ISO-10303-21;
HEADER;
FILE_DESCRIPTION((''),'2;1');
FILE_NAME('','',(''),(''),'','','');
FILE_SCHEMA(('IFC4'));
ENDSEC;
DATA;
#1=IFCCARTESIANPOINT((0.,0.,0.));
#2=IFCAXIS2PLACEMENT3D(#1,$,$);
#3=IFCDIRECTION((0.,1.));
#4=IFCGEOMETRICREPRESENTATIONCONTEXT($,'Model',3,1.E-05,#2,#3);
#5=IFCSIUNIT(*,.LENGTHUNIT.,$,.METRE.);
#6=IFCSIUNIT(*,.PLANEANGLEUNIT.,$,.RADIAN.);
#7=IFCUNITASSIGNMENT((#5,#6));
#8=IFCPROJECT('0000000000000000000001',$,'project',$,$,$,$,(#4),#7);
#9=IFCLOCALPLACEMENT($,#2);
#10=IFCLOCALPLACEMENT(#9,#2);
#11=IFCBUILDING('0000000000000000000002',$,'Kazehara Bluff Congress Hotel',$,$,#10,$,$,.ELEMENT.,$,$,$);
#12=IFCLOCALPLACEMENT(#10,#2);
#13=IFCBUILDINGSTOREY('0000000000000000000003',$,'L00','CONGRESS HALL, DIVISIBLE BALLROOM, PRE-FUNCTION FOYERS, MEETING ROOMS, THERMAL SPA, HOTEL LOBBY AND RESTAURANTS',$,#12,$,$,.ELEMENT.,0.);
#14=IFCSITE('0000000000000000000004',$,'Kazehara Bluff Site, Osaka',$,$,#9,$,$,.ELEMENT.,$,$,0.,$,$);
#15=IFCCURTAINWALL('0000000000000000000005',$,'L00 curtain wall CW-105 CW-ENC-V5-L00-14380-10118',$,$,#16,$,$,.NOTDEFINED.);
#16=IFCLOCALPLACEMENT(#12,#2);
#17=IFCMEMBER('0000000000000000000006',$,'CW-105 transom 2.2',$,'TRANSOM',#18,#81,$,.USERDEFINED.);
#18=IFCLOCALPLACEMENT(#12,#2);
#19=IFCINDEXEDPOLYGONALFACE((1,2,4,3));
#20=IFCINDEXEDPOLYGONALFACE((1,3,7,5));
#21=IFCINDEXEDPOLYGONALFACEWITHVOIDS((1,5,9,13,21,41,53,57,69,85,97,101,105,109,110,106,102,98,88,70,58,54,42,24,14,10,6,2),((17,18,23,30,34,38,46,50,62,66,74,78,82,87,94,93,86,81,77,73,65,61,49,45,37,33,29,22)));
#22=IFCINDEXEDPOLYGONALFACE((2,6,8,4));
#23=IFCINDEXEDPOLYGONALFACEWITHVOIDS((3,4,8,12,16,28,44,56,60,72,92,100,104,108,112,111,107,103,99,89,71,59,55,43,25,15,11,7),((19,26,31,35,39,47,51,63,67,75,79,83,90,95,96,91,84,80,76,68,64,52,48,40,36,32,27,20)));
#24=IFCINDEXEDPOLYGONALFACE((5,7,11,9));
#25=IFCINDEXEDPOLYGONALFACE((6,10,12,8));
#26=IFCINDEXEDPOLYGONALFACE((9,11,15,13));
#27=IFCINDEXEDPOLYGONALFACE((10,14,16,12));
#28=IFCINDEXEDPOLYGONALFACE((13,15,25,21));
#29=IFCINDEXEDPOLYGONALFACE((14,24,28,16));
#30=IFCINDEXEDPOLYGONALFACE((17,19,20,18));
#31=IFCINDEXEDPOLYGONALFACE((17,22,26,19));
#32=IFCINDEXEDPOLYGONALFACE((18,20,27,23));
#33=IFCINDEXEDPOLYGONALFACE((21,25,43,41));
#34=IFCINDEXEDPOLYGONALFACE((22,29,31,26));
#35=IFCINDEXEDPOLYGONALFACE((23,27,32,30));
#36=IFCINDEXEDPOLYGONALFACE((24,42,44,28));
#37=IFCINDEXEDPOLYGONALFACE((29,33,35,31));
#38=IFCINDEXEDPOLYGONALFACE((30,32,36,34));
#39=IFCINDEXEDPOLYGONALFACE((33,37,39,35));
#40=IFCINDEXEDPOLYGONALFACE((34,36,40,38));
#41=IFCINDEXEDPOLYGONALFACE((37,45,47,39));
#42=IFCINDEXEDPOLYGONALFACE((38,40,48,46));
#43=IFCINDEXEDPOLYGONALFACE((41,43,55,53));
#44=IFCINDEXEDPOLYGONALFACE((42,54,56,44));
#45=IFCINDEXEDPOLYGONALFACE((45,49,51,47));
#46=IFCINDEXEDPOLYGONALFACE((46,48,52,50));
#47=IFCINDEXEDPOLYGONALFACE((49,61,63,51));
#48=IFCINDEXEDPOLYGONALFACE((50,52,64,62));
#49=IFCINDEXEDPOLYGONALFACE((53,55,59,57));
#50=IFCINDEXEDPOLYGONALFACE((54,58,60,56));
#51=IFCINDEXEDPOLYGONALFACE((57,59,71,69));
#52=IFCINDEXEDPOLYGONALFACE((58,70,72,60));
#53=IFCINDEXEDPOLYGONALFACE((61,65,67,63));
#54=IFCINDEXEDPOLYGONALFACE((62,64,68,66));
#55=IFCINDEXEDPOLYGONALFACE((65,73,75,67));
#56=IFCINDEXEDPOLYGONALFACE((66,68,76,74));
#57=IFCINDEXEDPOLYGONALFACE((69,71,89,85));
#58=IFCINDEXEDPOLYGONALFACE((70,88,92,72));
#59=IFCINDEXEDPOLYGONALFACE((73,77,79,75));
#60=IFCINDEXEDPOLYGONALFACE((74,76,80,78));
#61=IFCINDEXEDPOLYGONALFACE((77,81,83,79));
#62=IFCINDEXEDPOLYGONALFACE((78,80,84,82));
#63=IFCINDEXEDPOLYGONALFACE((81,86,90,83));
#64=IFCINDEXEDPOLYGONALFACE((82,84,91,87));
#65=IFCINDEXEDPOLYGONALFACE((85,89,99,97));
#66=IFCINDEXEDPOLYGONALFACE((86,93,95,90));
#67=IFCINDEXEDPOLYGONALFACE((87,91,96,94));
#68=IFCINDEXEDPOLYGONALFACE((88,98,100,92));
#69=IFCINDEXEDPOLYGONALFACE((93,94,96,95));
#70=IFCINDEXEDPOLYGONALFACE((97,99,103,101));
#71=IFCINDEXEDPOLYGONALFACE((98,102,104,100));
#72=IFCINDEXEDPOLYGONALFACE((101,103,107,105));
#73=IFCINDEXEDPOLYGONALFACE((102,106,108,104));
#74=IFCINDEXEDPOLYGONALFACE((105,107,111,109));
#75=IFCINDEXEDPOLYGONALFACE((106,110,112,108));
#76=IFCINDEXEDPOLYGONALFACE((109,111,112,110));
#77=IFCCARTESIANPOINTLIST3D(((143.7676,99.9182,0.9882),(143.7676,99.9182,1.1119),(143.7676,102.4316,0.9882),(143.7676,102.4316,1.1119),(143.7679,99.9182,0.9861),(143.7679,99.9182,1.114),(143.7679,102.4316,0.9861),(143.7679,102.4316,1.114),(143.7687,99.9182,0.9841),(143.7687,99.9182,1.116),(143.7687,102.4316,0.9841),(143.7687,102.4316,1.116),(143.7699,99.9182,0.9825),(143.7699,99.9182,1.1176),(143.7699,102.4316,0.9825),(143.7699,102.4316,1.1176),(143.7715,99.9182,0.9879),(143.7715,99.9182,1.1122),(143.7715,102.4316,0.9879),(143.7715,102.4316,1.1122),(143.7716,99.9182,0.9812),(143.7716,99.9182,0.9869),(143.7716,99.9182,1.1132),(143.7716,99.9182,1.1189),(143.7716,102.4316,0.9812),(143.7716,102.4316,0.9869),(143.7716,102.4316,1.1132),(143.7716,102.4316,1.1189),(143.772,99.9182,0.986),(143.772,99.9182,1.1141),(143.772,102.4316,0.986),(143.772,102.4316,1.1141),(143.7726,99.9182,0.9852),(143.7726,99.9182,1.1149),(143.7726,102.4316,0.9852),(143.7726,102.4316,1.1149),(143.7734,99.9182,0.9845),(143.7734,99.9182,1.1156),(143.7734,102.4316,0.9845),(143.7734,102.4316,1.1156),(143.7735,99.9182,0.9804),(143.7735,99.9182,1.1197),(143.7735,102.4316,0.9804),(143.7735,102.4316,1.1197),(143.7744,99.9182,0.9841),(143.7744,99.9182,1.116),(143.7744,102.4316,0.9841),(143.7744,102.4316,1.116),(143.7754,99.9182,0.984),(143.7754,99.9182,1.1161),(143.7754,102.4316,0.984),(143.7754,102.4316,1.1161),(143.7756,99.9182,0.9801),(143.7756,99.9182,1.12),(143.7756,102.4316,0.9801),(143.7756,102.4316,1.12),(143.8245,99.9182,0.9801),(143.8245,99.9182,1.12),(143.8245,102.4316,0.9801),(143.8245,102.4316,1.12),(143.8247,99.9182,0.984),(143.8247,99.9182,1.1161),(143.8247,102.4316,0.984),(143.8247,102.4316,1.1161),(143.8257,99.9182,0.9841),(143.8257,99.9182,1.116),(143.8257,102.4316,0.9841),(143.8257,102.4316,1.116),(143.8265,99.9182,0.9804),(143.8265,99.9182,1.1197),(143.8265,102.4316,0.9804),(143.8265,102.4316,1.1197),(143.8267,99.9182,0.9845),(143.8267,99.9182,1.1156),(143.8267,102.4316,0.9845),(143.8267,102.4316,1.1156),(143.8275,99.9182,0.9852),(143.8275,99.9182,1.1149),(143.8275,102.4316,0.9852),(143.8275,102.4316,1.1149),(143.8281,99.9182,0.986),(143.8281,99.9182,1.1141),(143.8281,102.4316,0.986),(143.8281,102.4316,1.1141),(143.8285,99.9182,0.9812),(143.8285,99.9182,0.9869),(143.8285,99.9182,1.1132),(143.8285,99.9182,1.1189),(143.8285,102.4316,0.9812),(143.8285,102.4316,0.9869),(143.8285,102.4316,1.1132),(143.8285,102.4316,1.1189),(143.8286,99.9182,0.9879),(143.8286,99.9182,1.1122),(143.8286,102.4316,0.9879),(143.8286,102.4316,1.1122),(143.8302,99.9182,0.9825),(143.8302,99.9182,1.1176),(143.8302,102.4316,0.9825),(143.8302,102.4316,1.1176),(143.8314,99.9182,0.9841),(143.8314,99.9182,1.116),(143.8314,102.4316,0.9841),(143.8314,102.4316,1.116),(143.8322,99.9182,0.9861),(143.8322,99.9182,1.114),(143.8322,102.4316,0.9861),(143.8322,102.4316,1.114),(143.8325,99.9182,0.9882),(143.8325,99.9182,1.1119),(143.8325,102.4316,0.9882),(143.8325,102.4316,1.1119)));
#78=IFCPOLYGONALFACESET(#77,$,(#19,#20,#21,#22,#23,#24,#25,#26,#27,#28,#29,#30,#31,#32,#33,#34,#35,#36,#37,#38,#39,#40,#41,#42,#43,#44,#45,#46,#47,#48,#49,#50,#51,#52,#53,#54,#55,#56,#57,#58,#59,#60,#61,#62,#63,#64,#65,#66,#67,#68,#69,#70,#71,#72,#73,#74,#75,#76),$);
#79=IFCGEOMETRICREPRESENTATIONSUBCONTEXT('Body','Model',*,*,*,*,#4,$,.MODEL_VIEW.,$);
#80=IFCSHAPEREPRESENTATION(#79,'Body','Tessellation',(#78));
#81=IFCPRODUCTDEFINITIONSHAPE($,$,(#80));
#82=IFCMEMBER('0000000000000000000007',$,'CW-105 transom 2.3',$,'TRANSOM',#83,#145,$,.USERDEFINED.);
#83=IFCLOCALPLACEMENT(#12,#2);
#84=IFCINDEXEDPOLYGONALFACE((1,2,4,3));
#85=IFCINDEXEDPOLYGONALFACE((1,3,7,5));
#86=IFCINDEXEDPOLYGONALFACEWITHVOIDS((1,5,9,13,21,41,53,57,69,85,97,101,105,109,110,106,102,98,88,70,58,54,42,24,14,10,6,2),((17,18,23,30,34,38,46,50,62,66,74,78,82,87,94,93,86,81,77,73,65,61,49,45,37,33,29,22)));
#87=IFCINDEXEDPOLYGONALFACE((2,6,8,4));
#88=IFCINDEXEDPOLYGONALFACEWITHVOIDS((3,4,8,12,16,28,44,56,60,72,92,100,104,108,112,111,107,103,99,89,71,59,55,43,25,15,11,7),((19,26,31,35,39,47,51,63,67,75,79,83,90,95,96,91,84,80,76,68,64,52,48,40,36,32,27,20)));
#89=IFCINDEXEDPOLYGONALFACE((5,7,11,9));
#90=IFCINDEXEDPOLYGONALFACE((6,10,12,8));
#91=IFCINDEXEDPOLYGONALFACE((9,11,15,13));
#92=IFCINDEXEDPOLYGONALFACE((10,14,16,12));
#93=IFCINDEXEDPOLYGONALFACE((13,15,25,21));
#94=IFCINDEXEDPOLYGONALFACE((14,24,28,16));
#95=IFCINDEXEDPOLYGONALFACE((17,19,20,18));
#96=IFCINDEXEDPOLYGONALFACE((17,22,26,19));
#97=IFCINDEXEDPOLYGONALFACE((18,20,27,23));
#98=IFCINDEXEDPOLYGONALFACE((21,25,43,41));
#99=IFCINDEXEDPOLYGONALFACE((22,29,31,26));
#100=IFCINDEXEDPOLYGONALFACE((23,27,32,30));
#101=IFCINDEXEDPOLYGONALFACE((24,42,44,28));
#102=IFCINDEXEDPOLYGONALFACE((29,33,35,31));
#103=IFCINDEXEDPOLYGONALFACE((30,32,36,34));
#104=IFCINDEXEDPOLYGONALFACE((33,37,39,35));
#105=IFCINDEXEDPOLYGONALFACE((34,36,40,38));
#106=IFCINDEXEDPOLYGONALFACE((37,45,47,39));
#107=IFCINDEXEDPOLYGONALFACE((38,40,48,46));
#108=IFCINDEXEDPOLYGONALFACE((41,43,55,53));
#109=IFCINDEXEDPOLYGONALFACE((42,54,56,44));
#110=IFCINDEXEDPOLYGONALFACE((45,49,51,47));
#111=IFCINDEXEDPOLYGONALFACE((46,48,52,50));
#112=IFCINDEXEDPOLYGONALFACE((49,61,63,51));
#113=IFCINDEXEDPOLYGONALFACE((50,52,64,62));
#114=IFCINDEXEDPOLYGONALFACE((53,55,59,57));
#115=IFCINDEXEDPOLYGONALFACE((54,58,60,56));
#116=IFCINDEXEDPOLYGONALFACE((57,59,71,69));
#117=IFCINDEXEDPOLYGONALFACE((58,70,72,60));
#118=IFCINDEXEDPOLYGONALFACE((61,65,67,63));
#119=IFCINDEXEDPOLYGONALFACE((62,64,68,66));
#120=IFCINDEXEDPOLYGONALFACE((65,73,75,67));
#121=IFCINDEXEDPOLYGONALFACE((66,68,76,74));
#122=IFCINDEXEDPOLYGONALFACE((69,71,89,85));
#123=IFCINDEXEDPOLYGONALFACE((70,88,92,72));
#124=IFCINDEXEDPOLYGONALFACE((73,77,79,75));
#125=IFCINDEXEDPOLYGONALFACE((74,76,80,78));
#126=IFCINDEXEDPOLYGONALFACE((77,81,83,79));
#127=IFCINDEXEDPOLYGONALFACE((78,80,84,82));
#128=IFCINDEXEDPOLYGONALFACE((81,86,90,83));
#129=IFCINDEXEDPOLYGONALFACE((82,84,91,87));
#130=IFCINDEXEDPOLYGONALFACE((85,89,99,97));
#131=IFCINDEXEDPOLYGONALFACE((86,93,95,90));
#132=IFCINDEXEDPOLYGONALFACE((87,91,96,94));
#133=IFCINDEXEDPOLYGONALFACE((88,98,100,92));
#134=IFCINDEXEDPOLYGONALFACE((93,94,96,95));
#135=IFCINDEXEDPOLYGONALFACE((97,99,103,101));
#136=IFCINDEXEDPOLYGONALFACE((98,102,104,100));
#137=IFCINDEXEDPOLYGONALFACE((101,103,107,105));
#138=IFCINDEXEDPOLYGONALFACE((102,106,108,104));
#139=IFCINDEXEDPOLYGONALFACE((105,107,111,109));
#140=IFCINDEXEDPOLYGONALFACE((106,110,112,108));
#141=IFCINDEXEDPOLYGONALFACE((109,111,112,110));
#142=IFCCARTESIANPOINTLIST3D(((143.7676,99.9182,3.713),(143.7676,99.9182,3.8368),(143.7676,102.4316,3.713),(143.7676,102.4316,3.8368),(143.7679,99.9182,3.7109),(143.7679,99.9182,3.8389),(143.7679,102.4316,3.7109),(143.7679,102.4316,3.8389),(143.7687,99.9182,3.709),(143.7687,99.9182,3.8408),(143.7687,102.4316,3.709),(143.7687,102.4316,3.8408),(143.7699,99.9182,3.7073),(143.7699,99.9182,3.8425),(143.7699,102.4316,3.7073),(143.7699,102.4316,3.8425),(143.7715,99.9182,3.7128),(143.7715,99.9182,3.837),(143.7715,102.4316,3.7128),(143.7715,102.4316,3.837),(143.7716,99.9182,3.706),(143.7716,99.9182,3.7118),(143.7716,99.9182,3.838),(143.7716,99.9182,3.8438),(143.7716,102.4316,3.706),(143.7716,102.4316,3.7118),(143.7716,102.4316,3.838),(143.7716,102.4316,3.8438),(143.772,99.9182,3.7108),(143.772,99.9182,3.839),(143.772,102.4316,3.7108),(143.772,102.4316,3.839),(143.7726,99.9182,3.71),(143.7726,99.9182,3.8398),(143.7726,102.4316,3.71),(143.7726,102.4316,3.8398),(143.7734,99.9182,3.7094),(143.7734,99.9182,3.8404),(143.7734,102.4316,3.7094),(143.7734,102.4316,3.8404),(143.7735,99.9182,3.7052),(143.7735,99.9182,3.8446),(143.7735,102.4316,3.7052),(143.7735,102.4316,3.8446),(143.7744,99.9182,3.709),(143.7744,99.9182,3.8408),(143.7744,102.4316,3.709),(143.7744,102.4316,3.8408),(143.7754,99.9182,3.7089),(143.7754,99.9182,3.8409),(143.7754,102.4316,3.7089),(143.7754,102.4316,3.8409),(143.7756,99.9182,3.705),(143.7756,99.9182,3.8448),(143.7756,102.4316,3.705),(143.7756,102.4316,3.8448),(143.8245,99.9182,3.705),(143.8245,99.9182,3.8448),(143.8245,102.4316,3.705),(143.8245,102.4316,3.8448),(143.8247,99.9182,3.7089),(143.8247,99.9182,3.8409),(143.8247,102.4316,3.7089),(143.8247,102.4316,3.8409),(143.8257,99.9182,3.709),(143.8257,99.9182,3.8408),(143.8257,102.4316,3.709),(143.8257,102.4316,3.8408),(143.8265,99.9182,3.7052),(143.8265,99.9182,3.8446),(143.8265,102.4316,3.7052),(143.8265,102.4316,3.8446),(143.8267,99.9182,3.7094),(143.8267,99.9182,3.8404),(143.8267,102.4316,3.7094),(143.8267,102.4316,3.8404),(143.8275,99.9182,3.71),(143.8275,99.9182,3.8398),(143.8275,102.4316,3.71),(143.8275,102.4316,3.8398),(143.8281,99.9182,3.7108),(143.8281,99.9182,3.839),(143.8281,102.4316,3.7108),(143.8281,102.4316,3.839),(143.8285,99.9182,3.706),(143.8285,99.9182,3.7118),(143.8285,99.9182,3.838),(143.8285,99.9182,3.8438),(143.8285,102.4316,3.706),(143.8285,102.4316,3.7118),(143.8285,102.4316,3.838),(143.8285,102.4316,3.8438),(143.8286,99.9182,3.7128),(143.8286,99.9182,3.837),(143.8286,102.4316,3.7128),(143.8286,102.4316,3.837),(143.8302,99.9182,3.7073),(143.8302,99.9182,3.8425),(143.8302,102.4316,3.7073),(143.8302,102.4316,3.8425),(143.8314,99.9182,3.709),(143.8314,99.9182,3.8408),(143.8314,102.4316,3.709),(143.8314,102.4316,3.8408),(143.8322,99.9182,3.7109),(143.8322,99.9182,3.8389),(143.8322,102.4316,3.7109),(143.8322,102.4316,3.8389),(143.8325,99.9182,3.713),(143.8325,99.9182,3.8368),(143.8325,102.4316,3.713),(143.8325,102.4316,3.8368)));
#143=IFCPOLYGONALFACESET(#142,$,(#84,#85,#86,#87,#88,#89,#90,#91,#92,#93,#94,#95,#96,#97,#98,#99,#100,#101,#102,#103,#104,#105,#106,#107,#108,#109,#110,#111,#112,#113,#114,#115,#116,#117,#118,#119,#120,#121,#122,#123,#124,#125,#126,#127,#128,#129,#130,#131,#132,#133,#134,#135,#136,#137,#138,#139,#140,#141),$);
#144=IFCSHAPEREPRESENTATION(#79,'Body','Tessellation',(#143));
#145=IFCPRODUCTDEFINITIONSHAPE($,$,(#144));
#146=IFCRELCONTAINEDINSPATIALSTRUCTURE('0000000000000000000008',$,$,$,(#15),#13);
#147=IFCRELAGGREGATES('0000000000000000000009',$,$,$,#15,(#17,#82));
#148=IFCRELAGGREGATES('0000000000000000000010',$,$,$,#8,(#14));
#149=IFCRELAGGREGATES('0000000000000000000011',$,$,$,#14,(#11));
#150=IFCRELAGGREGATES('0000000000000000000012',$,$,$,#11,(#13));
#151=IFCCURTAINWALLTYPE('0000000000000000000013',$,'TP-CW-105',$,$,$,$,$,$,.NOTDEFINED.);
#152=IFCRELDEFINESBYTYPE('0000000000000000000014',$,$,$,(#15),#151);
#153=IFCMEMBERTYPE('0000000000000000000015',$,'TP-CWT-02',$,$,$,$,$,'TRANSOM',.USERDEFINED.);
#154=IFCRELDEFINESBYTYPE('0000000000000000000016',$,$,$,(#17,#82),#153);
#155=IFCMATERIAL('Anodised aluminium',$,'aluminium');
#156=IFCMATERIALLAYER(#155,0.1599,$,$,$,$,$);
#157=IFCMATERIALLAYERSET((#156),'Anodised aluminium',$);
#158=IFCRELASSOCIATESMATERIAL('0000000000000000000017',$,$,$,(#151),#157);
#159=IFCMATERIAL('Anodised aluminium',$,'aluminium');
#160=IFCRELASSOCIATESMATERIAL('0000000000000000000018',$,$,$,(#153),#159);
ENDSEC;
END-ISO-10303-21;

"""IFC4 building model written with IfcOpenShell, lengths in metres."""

from ifc_helpers import new_model, si_unit, direction, frame, origin, origin_2d, place, context, subcontext, project, spatial, hollow_rectangle, extrude, material, layer, layer_set, material_profile, profile_set, type_object, element, aggregate, save


model = new_model("IFC4")

# Units and contexts
model_context = context("Model", 3, precision=1e-05, world=origin(), true_north=direction((0.0, 1.0)))
body_context = subcontext(model_context, "Body", "Model", "MODEL_VIEW")
ifc_project = project(units=[si_unit("LENGTHUNIT", "METRE"), si_unit("PLANEANGLEUNIT", "RADIAN")], contexts=[model_context])

# Site, building, storey
site_placement = place(None, origin())
site = spatial("IfcSite", under=ifc_project, at=site_placement, Name="Kazehara Bluff Site, Osaka", CompositionType="ELEMENT", RefElevation=0.0)
building_placement = place(site_placement, origin())
building = spatial("IfcBuilding", under=site, at=building_placement, Name="Kazehara Bluff Congress Hotel", CompositionType="ELEMENT")
storey_placement = place(building_placement, origin())
storey = spatial("IfcBuildingStorey", under=building, at=storey_placement, Name="L00", Description="CONGRESS HALL, DIVISIBLE BALLROOM, PRE-FUNCTION FOYERS, MEETING ROOMS, THERMAL SPA, HOTEL LOBBY AND RESTAURANTS", CompositionType="ELEMENT", Elevation=0.0)

# Curtain wall
ifc_material_1 = material(Name="Anodised aluminium", Category="aluminium")
ifc_layer_1 = layer(ifc_material_1, 0.1599)
ifc_layer_set_1 = layer_set([ifc_layer_1], Name="Anodised aluminium")
curtain_wall_type_1 = type_object("IfcCurtainWallType", Name="TP-CW-105", PredefinedType="NOTDEFINED", material=ifc_layer_set_1)
curtain_wall_1_placement = place(storey_placement, origin())
curtain_wall_1 = element("IfcCurtainWall", 1, at=curtain_wall_1_placement, inside=storey, type_object=curtain_wall_type_1, Name="L00 curtain wall CW-105 CW-ENC-V5-L00-14380-10118", PredefinedType="NOTDEFINED")

# Members
ifc_material_2 = material(Name="Anodised aluminium", Category="aluminium")
ifc_material_profile_1 = material_profile(ifc_material_2, hollow_rectangle(XDim=0.0649, YDim=0.1399, WallThickness=0.0039, InnerFilletRadius=0.0039, OuterFilletRadius=0.0081, at=origin_2d()))
ifc_profile_set_1 = profile_set([ifc_material_profile_1], Name="Anodised aluminium")
member_type_1 = type_object("IfcMemberType", Name="TP-CWT-02", ElementType="TRANSOM", PredefinedType="USERDEFINED", material=ifc_profile_set_1)
member_1_placement = place(storey_placement, frame((143.8, 99.9182, 1.05), z_axis=(0.0, 1.0, 0.0), x_axis=(-1.0, 0.0, 0.0)))
member_1 = element("IfcMember", 2, at=member_1_placement, type_object=member_type_1, Name="CW-105 transom 2.2", ObjectType="TRANSOM", PredefinedType="USERDEFINED", context=body_context, shape_type="SweptSolid", body=[
    extrude(hollow_rectangle(XDim=0.0649, YDim=0.1399, WallThickness=0.0039, InnerFilletRadius=0.0039, OuterFilletRadius=0.0081, at=origin_2d()), origin(), (0.0, 0.0, 1.0), 2.5134),
])
member_2_placement = place(storey_placement, frame((143.8, 99.9182, 3.7749), z_axis=(0.0, 1.0, 0.0), x_axis=(-1.0, 0.0, 0.0)))
member_2 = element("IfcMember", 3, at=member_2_placement, type_object=member_type_1, Name="CW-105 transom 2.3", ObjectType="TRANSOM", PredefinedType="USERDEFINED", context=body_context, shape_type="SweptSolid", body=[
    extrude(hollow_rectangle(XDim=0.0649, YDim=0.1399, WallThickness=0.0039, InnerFilletRadius=0.0039, OuterFilletRadius=0.0081, at=origin_2d()), origin(), (0.0, 0.0, 1.0), 2.5134),
])

aggregate(curtain_wall_1, [member_1, member_2])

save(model, "model.ifc")
